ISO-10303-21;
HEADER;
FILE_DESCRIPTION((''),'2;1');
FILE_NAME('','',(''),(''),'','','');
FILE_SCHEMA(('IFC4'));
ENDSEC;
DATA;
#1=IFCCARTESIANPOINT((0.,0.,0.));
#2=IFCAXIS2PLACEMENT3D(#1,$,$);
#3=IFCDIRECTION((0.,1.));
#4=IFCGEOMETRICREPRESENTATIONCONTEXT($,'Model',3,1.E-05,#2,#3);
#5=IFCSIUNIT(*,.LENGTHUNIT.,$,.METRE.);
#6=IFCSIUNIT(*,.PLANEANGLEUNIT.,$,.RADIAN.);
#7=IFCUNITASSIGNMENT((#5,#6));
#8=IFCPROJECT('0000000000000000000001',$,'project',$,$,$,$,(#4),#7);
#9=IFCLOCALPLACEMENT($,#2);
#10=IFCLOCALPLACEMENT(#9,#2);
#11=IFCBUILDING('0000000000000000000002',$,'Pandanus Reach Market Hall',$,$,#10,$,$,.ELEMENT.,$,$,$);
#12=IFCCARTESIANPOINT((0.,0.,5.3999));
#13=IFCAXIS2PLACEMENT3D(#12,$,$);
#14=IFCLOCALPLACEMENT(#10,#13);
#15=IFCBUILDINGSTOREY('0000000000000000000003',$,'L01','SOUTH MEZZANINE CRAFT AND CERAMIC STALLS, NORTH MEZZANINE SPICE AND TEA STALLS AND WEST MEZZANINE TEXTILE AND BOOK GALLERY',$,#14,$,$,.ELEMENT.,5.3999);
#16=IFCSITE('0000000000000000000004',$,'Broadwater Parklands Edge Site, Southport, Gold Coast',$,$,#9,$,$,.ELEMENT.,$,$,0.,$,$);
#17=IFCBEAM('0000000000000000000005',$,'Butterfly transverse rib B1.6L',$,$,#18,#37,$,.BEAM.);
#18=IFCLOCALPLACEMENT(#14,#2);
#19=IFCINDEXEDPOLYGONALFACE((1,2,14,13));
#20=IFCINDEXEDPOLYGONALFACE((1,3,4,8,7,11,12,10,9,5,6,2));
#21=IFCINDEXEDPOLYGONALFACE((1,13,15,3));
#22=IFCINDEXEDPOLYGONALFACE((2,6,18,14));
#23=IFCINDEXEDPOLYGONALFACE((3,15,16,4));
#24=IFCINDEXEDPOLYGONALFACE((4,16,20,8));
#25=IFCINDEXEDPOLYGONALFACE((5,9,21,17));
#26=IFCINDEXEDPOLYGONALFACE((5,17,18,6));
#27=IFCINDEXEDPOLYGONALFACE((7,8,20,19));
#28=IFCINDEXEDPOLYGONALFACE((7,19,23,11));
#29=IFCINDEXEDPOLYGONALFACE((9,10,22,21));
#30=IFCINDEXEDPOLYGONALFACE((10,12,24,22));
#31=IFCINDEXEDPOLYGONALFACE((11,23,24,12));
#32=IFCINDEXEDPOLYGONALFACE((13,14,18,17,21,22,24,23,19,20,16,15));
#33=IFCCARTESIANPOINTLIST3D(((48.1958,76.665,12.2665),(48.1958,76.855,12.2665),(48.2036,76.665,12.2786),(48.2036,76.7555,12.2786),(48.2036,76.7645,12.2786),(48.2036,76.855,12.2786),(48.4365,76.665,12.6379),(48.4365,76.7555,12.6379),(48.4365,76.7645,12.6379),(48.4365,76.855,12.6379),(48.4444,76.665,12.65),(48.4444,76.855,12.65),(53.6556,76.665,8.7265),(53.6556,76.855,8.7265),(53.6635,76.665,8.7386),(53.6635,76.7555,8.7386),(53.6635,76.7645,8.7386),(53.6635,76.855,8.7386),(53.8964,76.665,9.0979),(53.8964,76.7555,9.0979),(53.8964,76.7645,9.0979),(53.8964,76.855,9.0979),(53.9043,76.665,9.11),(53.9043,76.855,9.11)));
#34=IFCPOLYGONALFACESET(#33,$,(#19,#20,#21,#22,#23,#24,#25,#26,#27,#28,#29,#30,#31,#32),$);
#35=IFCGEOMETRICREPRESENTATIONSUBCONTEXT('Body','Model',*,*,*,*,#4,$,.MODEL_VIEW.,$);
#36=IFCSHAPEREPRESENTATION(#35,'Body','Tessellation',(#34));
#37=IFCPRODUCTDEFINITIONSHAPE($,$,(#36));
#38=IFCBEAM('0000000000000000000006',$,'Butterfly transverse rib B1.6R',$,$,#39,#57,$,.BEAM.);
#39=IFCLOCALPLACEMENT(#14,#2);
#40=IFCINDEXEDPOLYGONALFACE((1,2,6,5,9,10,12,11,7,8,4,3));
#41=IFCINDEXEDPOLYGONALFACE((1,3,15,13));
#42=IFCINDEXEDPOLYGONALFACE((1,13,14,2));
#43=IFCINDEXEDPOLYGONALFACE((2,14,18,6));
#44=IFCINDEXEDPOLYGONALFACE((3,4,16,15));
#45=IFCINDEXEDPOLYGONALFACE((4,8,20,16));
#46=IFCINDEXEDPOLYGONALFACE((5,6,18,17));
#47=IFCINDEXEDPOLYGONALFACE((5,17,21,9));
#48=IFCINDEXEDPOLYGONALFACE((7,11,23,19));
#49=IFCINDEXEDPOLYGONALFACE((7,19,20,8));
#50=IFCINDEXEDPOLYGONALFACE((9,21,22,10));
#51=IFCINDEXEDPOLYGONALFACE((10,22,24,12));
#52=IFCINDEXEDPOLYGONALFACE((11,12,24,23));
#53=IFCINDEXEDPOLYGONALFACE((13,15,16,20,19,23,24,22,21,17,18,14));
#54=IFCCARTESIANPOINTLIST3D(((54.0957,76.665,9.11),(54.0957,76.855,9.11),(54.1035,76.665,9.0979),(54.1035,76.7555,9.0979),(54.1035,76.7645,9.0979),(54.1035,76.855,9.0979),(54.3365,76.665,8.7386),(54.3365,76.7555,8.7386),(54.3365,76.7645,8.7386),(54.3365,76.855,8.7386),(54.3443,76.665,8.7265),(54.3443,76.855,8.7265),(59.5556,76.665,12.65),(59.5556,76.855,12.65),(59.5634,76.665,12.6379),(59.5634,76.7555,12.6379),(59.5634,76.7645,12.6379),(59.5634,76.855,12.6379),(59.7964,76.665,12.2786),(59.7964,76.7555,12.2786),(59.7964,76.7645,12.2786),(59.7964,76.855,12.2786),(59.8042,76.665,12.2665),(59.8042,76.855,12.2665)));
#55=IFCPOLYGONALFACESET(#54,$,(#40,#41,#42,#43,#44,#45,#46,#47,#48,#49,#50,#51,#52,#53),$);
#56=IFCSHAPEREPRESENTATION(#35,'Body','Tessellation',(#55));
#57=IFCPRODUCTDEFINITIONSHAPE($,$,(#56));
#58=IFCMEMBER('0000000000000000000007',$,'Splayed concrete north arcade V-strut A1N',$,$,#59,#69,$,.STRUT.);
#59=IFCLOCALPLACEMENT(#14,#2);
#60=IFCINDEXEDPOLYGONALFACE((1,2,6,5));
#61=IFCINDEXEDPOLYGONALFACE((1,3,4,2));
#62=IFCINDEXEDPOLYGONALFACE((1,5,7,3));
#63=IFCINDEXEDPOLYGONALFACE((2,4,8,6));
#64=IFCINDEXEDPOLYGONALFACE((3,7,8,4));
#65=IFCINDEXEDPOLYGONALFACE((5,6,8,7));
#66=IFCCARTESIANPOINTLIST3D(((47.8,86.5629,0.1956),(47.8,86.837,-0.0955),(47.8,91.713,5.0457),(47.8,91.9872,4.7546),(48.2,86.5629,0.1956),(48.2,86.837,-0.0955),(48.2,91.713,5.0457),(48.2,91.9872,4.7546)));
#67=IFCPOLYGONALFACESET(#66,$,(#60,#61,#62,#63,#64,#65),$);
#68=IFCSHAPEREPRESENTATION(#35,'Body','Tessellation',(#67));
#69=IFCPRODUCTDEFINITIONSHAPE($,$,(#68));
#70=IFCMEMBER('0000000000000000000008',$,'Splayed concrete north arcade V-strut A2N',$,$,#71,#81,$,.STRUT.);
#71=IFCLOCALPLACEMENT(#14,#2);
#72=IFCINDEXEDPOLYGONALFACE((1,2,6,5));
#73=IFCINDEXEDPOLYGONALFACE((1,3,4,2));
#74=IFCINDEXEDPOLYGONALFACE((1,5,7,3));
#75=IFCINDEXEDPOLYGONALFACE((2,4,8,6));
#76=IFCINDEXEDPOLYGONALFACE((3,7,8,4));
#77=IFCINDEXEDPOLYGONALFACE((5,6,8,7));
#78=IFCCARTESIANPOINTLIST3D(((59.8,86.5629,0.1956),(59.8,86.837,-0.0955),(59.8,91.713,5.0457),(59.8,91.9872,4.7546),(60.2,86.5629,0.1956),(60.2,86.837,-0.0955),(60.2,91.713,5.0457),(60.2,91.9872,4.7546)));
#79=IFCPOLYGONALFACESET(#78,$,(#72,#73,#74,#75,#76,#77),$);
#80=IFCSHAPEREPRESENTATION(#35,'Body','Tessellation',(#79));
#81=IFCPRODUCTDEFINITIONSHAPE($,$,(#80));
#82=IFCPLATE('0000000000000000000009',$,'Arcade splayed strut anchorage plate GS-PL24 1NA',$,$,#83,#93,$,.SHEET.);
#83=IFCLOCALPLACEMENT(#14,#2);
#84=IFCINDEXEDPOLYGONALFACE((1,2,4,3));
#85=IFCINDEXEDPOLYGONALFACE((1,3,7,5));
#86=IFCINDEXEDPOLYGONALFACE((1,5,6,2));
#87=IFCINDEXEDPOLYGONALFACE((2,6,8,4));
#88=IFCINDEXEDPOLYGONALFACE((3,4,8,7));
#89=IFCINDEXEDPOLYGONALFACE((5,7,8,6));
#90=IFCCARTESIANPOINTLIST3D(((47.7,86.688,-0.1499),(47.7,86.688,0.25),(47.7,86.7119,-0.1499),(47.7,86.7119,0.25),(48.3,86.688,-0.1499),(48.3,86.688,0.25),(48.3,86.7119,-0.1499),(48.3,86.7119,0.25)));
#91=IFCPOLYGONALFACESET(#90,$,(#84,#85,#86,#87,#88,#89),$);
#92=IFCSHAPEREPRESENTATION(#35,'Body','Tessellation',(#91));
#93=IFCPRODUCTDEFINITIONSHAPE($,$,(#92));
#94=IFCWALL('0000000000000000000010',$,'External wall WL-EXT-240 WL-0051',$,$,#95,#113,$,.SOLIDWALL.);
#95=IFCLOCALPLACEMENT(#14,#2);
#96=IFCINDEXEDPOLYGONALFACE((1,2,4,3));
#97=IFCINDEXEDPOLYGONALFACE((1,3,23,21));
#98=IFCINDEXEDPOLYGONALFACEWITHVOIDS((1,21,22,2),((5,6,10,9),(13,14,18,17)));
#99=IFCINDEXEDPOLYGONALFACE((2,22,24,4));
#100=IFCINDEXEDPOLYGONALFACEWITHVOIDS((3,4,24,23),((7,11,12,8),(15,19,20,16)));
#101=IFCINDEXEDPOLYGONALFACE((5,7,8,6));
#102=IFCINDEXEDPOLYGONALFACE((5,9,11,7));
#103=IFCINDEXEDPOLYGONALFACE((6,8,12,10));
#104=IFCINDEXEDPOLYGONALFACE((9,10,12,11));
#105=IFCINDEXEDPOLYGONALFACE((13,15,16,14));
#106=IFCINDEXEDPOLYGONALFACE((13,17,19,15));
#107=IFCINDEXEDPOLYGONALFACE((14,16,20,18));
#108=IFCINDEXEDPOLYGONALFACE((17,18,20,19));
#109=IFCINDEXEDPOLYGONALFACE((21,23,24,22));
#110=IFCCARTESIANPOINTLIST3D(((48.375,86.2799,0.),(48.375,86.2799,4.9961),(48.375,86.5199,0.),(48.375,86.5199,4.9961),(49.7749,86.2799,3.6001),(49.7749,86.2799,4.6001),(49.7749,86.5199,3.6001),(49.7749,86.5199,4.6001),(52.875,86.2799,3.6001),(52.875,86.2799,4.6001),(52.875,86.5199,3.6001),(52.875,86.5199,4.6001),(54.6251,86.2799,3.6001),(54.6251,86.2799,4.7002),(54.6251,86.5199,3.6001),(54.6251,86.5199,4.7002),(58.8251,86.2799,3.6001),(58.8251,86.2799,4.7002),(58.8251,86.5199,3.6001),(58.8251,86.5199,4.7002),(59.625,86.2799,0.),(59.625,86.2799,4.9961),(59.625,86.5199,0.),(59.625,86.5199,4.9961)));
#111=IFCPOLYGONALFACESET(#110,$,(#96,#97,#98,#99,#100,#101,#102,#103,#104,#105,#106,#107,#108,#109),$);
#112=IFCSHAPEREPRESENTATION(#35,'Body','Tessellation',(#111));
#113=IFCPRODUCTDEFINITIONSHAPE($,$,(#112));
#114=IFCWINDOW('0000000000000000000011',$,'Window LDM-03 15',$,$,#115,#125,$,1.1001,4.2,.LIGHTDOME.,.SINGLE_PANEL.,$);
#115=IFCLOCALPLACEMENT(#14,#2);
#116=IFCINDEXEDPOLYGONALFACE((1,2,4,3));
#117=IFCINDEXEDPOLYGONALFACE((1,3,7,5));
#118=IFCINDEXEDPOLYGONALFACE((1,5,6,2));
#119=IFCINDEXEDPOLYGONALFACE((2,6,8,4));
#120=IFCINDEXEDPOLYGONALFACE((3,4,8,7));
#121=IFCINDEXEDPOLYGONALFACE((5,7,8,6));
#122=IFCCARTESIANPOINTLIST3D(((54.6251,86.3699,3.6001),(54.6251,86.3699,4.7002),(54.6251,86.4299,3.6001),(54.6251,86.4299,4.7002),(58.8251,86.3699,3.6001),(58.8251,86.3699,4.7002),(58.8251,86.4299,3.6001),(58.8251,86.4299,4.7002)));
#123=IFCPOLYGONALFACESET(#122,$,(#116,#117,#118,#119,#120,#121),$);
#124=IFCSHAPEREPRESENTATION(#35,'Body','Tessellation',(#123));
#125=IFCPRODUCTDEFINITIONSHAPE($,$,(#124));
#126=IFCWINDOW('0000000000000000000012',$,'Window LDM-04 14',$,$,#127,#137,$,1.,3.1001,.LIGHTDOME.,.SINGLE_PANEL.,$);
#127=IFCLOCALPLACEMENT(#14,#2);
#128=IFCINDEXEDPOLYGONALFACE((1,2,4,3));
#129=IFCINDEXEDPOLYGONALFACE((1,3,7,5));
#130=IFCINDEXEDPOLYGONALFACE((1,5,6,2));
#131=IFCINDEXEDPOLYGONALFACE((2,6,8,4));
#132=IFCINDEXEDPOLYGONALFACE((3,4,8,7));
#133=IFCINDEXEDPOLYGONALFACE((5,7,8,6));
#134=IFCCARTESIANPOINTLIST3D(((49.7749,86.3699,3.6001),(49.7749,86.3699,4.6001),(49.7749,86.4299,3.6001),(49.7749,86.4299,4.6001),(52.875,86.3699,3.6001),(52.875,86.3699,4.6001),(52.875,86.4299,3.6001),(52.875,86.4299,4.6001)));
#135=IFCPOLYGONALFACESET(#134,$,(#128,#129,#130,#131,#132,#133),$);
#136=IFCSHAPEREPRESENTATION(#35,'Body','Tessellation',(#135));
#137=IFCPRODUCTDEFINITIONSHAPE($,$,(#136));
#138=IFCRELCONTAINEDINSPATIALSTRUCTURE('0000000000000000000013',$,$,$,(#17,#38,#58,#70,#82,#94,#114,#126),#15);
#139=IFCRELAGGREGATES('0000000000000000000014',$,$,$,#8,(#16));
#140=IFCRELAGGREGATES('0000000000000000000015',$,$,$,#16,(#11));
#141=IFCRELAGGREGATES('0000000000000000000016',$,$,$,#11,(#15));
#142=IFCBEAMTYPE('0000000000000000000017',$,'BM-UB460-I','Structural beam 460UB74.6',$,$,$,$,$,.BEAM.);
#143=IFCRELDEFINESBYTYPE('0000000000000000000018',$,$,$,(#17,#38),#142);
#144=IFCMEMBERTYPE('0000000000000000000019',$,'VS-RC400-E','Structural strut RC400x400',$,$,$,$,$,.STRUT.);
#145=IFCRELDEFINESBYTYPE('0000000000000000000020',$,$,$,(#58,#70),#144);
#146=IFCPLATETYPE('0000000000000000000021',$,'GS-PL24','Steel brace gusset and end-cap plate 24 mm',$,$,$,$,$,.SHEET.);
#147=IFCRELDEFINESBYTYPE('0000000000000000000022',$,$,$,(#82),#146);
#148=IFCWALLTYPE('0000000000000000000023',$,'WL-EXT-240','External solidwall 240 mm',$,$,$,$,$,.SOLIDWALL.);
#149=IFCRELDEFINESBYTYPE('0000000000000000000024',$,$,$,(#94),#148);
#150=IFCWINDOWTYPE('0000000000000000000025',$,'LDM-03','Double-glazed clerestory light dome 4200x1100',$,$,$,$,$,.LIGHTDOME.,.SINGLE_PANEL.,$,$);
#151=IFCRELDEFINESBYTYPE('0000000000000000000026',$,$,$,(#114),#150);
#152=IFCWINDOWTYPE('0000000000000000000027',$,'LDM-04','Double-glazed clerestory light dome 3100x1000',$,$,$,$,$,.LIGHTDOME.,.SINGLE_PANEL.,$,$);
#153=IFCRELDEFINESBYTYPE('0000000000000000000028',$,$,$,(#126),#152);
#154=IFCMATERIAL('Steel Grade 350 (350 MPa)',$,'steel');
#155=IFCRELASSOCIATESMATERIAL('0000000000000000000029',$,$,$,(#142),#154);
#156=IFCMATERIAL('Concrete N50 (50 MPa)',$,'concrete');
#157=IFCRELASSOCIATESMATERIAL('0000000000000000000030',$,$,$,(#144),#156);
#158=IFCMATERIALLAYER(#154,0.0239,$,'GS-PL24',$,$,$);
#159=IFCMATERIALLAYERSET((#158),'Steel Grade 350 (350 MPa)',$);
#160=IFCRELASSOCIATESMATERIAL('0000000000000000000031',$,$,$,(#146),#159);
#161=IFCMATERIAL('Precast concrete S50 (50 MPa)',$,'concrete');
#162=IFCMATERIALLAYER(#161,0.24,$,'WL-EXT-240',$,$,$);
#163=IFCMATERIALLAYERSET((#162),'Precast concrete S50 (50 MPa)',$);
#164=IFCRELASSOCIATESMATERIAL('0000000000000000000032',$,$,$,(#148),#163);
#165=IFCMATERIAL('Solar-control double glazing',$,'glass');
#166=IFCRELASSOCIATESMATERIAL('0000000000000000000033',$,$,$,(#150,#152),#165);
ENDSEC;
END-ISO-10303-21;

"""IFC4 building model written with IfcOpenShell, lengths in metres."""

from ifc_helpers import new_model, si_unit, direction, frame, frame_2d, origin, origin_2d, place, context, subcontext, project, spatial, rectangle, i_section, extrude, material, layer, layer_set, material_profile, profile_set, type_object, element, fill, save


model = new_model("IFC4")

# Units and contexts
model_context = context("Model", 3, precision=1e-05, world=origin(), true_north=direction((0.0, 1.0)))
body_context = subcontext(model_context, "Body", "Model", "MODEL_VIEW")
ifc_project = project(units=[si_unit("LENGTHUNIT", "METRE"), si_unit("PLANEANGLEUNIT", "RADIAN")], contexts=[model_context])

# Site, building, storey
site_placement = place(None, origin())
site = spatial("IfcSite", under=ifc_project, at=site_placement, Name="Broadwater Parklands Edge Site, Southport, Gold Coast", CompositionType="ELEMENT", RefElevation=0.0)
building_placement = place(site_placement, origin())
building = spatial("IfcBuilding", under=site, at=building_placement, Name="Pandanus Reach Market Hall", CompositionType="ELEMENT")
storey_placement = place(building_placement, frame((0.0, 0.0, 5.3999)))
storey = spatial("IfcBuildingStorey", under=building, at=storey_placement, Name="L01", Description="SOUTH MEZZANINE CRAFT AND CERAMIC STALLS, NORTH MEZZANINE SPICE AND TEA STALLS AND WEST MEZZANINE TEXTILE AND BOOK GALLERY", CompositionType="ELEMENT", Elevation=5.3999)

# Shared definitions
ifc_material_1 = material(Name="Concrete N50 (50 MPa)", Category="concrete")

# Beams
ifc_material_2 = material(Name="Steel Grade 350 (350 MPa)", Category="steel")
ifc_material_profile_1 = material_profile(ifc_material_2, i_section(OverallWidth=0.1899, OverallDepth=0.457, WebThickness=0.009, FlangeThickness=0.0144, at=origin_2d()), Name="460UB74.6", Category="LoadBearing")
ifc_profile_set_1 = profile_set([ifc_material_profile_1], Name="Steel Grade 350 (350 MPa)")
beam_type_1 = type_object("IfcBeamType", Name="BM-UB460-I", Description="Structural beam 460UB74.6", PredefinedType="BEAM", material=ifc_profile_set_1)
for number, where, z_axis, x_axis, name in (
    (1, (48.3201, 76.76, 12.4583), (0.839071, 0.0, -0.544023), (0.0, 1.0, 0.0), "Butterfly transverse rib B1.6L"),
    (2, (54.22, 76.76, 8.9182), (0.839071, 0.0, 0.544023), (0.0, 1.0, 0.0), "Butterfly transverse rib B1.6R"),
):
    element("IfcBeam", number, at=place(storey_placement, frame(where, z_axis=z_axis, x_axis=x_axis)), inside=storey, type_object=beam_type_1, Name=name, PredefinedType="BEAM", context=body_context, shape_type="SweptSolid", body=[
        extrude(i_section(OverallWidth=0.1899, OverallDepth=0.457, WebThickness=0.009, FlangeThickness=0.0144, at=origin_2d()), origin(), (0.0, 0.0, 1.0), 6.5071),
    ])

# Members
ifc_material_profile_2 = material_profile(ifc_material_1, rectangle(XDim=0.3999, YDim=0.3999, at=origin_2d()), Name="RC400x400", Category="LoadBearing")
ifc_profile_set_2 = profile_set([ifc_material_profile_2], Name="Concrete N50 (50 MPa)")
member_type_1 = type_object("IfcMemberType", Name="VS-RC400-E", Description="Structural strut RC400x400", PredefinedType="STRUT", material=ifc_profile_set_2)
for number, where, z_axis, x_axis, name in (
    (3, (48.0, 86.7, 0.05), (0.0, 0.727995, 0.685582), (-1.0, 0.0, 0.0), "Splayed concrete north arcade V-strut A1N"),
    (4, (60.0, 86.7, 0.05), (0.0, 0.727995, 0.685582), (-1.0, 0.0, 0.0), "Splayed concrete north arcade V-strut A2N"),
):
    element("IfcMember", number, at=place(storey_placement, frame(where, z_axis=z_axis, x_axis=x_axis)), inside=storey, type_object=member_type_1, Name=name, PredefinedType="STRUT", context=body_context, shape_type="SweptSolid", body=[
        extrude(rectangle(XDim=0.3999, YDim=0.3999, at=origin_2d()), origin(), (0.0, 0.0, 1.0), 7.0745),
    ])

# Plate
ifc_layer_1 = layer(ifc_material_2, 0.0239, Name="GS-PL24")
ifc_layer_set_1 = layer_set([ifc_layer_1], Name="Steel Grade 350 (350 MPa)")
plate_type = type_object("IfcPlateType", Name="GS-PL24", Description="Steel brace gusset and end-cap plate 24 mm", PredefinedType="SHEET", material=ifc_layer_set_1)
plate_placement = place(storey_placement, frame((48.0, 86.7, -0.1499), z_axis=(0.0, 0.0, 1.0), x_axis=(1.0, 0.0, 0.0)))
element("IfcPlate", 5, at=plate_placement, inside=storey, type_object=plate_type, Name="Arcade splayed strut anchorage plate GS-PL24 1NA", PredefinedType="SHEET", context=body_context, shape_type="SweptSolid", body=[
    extrude(rectangle(XDim=0.6001, YDim=0.0239, at=origin_2d()), origin(), (0.0, 0.0, 1.0), 0.3999),
])

# Wall, openings, windows
ifc_material_3 = material(Name="Precast concrete S50 (50 MPa)", Category="concrete")
ifc_layer_2 = layer(ifc_material_3, 0.24, Name="WL-EXT-240")
ifc_layer_set_2 = layer_set([ifc_layer_2], Name="Precast concrete S50 (50 MPa)")
wall_type = type_object("IfcWallType", Name="WL-EXT-240", Description="External solidwall 240 mm", PredefinedType="SOLIDWALL", material=ifc_layer_set_2)
wall_placement = place(storey_placement, frame((48.375, 86.3999, 0.0), z_axis=(0.0, 0.0, 1.0), x_axis=(1.0, 0.0, 0.0)))
wall = element("IfcWall", 6, at=wall_placement, inside=storey, type_object=wall_type, Name="External wall WL-EXT-240 WL-0051", PredefinedType="SOLIDWALL", context=body_context, shape_type="SweptSolid", body=[
    extrude(rectangle(XDim=11.25, YDim=0.24, at=frame_2d((5.625, 0.0))), origin(), (0.0, 0.0, 1.0), 4.9961),
])
opening_1_placement = place(wall_placement, frame((1.3999, 0.0, 3.6001)))
opening_1 = element("IfcOpeningElement", 7, at=opening_1_placement, cuts=wall, PredefinedType="OPENING", context=body_context, shape_type="SweptSolid", body=[
    extrude(rectangle(XDim=3.1001, YDim=1.0, at=frame_2d((1.55, 0.5))), frame((0.0, 0.135, 0.0), z_axis=(0.0, -1.0, 0.0), x_axis=(1.0, 0.0, 0.0)), (0.0, 0.0, 1.0), 0.27),
])
opening_2_placement = place(wall_placement, frame((6.25, 0.0, 3.6001)))
opening_2 = element("IfcOpeningElement", 8, at=opening_2_placement, cuts=wall, PredefinedType="OPENING", context=body_context, shape_type="SweptSolid", body=[
    extrude(rectangle(XDim=4.2, YDim=1.1001, at=frame_2d((2.1001, 0.55))), frame((0.0, 0.135, 0.0), z_axis=(0.0, -1.0, 0.0), x_axis=(1.0, 0.0, 0.0)), (0.0, 0.0, 1.0), 0.27),
])
ifc_material_4 = material(Name="Solar-control double glazing", Category="glass")
window_type_1 = type_object("IfcWindowType", Name="LDM-03", Description="Double-glazed clerestory light dome 4200x1100", PartitioningType="SINGLE_PANEL", PredefinedType="LIGHTDOME", material=ifc_material_4)
window_1_placement = place(opening_2_placement, origin())
window_1 = element("IfcWindow", 9, at=window_1_placement, inside=storey, type_object=window_type_1, Name="Window LDM-03 15", OverallHeight=1.1001, OverallWidth=4.2, PartitioningType="SINGLE_PANEL", PredefinedType="LIGHTDOME", context=body_context, shape_type="SweptSolid", body=[
    extrude(rectangle(XDim=4.2, YDim=1.1001, at=frame_2d((2.1001, 0.55))), frame((0.0, 0.03, 0.0), z_axis=(0.0, -1.0, 0.0), x_axis=(1.0, 0.0, 0.0)), (0.0, 0.0, 1.0), 0.0601),
])
fill(opening_2, window_1)
window_type_2 = type_object("IfcWindowType", Name="LDM-04", Description="Double-glazed clerestory light dome 3100x1000", PartitioningType="SINGLE_PANEL", PredefinedType="LIGHTDOME", material=ifc_material_4)
window_2_placement = place(opening_1_placement, origin())
window_2 = element("IfcWindow", 10, at=window_2_placement, inside=storey, type_object=window_type_2, Name="Window LDM-04 14", OverallHeight=1.0, OverallWidth=3.1001, PartitioningType="SINGLE_PANEL", PredefinedType="LIGHTDOME", context=body_context, shape_type="SweptSolid", body=[
    extrude(rectangle(XDim=3.1001, YDim=1.0, at=frame_2d((1.55, 0.5))), frame((0.0, 0.03, 0.0), z_axis=(0.0, -1.0, 0.0), x_axis=(1.0, 0.0, 0.0)), (0.0, 0.0, 1.0), 0.0601),
])
fill(opening_1, window_2)

save(model, "model.ifc")
